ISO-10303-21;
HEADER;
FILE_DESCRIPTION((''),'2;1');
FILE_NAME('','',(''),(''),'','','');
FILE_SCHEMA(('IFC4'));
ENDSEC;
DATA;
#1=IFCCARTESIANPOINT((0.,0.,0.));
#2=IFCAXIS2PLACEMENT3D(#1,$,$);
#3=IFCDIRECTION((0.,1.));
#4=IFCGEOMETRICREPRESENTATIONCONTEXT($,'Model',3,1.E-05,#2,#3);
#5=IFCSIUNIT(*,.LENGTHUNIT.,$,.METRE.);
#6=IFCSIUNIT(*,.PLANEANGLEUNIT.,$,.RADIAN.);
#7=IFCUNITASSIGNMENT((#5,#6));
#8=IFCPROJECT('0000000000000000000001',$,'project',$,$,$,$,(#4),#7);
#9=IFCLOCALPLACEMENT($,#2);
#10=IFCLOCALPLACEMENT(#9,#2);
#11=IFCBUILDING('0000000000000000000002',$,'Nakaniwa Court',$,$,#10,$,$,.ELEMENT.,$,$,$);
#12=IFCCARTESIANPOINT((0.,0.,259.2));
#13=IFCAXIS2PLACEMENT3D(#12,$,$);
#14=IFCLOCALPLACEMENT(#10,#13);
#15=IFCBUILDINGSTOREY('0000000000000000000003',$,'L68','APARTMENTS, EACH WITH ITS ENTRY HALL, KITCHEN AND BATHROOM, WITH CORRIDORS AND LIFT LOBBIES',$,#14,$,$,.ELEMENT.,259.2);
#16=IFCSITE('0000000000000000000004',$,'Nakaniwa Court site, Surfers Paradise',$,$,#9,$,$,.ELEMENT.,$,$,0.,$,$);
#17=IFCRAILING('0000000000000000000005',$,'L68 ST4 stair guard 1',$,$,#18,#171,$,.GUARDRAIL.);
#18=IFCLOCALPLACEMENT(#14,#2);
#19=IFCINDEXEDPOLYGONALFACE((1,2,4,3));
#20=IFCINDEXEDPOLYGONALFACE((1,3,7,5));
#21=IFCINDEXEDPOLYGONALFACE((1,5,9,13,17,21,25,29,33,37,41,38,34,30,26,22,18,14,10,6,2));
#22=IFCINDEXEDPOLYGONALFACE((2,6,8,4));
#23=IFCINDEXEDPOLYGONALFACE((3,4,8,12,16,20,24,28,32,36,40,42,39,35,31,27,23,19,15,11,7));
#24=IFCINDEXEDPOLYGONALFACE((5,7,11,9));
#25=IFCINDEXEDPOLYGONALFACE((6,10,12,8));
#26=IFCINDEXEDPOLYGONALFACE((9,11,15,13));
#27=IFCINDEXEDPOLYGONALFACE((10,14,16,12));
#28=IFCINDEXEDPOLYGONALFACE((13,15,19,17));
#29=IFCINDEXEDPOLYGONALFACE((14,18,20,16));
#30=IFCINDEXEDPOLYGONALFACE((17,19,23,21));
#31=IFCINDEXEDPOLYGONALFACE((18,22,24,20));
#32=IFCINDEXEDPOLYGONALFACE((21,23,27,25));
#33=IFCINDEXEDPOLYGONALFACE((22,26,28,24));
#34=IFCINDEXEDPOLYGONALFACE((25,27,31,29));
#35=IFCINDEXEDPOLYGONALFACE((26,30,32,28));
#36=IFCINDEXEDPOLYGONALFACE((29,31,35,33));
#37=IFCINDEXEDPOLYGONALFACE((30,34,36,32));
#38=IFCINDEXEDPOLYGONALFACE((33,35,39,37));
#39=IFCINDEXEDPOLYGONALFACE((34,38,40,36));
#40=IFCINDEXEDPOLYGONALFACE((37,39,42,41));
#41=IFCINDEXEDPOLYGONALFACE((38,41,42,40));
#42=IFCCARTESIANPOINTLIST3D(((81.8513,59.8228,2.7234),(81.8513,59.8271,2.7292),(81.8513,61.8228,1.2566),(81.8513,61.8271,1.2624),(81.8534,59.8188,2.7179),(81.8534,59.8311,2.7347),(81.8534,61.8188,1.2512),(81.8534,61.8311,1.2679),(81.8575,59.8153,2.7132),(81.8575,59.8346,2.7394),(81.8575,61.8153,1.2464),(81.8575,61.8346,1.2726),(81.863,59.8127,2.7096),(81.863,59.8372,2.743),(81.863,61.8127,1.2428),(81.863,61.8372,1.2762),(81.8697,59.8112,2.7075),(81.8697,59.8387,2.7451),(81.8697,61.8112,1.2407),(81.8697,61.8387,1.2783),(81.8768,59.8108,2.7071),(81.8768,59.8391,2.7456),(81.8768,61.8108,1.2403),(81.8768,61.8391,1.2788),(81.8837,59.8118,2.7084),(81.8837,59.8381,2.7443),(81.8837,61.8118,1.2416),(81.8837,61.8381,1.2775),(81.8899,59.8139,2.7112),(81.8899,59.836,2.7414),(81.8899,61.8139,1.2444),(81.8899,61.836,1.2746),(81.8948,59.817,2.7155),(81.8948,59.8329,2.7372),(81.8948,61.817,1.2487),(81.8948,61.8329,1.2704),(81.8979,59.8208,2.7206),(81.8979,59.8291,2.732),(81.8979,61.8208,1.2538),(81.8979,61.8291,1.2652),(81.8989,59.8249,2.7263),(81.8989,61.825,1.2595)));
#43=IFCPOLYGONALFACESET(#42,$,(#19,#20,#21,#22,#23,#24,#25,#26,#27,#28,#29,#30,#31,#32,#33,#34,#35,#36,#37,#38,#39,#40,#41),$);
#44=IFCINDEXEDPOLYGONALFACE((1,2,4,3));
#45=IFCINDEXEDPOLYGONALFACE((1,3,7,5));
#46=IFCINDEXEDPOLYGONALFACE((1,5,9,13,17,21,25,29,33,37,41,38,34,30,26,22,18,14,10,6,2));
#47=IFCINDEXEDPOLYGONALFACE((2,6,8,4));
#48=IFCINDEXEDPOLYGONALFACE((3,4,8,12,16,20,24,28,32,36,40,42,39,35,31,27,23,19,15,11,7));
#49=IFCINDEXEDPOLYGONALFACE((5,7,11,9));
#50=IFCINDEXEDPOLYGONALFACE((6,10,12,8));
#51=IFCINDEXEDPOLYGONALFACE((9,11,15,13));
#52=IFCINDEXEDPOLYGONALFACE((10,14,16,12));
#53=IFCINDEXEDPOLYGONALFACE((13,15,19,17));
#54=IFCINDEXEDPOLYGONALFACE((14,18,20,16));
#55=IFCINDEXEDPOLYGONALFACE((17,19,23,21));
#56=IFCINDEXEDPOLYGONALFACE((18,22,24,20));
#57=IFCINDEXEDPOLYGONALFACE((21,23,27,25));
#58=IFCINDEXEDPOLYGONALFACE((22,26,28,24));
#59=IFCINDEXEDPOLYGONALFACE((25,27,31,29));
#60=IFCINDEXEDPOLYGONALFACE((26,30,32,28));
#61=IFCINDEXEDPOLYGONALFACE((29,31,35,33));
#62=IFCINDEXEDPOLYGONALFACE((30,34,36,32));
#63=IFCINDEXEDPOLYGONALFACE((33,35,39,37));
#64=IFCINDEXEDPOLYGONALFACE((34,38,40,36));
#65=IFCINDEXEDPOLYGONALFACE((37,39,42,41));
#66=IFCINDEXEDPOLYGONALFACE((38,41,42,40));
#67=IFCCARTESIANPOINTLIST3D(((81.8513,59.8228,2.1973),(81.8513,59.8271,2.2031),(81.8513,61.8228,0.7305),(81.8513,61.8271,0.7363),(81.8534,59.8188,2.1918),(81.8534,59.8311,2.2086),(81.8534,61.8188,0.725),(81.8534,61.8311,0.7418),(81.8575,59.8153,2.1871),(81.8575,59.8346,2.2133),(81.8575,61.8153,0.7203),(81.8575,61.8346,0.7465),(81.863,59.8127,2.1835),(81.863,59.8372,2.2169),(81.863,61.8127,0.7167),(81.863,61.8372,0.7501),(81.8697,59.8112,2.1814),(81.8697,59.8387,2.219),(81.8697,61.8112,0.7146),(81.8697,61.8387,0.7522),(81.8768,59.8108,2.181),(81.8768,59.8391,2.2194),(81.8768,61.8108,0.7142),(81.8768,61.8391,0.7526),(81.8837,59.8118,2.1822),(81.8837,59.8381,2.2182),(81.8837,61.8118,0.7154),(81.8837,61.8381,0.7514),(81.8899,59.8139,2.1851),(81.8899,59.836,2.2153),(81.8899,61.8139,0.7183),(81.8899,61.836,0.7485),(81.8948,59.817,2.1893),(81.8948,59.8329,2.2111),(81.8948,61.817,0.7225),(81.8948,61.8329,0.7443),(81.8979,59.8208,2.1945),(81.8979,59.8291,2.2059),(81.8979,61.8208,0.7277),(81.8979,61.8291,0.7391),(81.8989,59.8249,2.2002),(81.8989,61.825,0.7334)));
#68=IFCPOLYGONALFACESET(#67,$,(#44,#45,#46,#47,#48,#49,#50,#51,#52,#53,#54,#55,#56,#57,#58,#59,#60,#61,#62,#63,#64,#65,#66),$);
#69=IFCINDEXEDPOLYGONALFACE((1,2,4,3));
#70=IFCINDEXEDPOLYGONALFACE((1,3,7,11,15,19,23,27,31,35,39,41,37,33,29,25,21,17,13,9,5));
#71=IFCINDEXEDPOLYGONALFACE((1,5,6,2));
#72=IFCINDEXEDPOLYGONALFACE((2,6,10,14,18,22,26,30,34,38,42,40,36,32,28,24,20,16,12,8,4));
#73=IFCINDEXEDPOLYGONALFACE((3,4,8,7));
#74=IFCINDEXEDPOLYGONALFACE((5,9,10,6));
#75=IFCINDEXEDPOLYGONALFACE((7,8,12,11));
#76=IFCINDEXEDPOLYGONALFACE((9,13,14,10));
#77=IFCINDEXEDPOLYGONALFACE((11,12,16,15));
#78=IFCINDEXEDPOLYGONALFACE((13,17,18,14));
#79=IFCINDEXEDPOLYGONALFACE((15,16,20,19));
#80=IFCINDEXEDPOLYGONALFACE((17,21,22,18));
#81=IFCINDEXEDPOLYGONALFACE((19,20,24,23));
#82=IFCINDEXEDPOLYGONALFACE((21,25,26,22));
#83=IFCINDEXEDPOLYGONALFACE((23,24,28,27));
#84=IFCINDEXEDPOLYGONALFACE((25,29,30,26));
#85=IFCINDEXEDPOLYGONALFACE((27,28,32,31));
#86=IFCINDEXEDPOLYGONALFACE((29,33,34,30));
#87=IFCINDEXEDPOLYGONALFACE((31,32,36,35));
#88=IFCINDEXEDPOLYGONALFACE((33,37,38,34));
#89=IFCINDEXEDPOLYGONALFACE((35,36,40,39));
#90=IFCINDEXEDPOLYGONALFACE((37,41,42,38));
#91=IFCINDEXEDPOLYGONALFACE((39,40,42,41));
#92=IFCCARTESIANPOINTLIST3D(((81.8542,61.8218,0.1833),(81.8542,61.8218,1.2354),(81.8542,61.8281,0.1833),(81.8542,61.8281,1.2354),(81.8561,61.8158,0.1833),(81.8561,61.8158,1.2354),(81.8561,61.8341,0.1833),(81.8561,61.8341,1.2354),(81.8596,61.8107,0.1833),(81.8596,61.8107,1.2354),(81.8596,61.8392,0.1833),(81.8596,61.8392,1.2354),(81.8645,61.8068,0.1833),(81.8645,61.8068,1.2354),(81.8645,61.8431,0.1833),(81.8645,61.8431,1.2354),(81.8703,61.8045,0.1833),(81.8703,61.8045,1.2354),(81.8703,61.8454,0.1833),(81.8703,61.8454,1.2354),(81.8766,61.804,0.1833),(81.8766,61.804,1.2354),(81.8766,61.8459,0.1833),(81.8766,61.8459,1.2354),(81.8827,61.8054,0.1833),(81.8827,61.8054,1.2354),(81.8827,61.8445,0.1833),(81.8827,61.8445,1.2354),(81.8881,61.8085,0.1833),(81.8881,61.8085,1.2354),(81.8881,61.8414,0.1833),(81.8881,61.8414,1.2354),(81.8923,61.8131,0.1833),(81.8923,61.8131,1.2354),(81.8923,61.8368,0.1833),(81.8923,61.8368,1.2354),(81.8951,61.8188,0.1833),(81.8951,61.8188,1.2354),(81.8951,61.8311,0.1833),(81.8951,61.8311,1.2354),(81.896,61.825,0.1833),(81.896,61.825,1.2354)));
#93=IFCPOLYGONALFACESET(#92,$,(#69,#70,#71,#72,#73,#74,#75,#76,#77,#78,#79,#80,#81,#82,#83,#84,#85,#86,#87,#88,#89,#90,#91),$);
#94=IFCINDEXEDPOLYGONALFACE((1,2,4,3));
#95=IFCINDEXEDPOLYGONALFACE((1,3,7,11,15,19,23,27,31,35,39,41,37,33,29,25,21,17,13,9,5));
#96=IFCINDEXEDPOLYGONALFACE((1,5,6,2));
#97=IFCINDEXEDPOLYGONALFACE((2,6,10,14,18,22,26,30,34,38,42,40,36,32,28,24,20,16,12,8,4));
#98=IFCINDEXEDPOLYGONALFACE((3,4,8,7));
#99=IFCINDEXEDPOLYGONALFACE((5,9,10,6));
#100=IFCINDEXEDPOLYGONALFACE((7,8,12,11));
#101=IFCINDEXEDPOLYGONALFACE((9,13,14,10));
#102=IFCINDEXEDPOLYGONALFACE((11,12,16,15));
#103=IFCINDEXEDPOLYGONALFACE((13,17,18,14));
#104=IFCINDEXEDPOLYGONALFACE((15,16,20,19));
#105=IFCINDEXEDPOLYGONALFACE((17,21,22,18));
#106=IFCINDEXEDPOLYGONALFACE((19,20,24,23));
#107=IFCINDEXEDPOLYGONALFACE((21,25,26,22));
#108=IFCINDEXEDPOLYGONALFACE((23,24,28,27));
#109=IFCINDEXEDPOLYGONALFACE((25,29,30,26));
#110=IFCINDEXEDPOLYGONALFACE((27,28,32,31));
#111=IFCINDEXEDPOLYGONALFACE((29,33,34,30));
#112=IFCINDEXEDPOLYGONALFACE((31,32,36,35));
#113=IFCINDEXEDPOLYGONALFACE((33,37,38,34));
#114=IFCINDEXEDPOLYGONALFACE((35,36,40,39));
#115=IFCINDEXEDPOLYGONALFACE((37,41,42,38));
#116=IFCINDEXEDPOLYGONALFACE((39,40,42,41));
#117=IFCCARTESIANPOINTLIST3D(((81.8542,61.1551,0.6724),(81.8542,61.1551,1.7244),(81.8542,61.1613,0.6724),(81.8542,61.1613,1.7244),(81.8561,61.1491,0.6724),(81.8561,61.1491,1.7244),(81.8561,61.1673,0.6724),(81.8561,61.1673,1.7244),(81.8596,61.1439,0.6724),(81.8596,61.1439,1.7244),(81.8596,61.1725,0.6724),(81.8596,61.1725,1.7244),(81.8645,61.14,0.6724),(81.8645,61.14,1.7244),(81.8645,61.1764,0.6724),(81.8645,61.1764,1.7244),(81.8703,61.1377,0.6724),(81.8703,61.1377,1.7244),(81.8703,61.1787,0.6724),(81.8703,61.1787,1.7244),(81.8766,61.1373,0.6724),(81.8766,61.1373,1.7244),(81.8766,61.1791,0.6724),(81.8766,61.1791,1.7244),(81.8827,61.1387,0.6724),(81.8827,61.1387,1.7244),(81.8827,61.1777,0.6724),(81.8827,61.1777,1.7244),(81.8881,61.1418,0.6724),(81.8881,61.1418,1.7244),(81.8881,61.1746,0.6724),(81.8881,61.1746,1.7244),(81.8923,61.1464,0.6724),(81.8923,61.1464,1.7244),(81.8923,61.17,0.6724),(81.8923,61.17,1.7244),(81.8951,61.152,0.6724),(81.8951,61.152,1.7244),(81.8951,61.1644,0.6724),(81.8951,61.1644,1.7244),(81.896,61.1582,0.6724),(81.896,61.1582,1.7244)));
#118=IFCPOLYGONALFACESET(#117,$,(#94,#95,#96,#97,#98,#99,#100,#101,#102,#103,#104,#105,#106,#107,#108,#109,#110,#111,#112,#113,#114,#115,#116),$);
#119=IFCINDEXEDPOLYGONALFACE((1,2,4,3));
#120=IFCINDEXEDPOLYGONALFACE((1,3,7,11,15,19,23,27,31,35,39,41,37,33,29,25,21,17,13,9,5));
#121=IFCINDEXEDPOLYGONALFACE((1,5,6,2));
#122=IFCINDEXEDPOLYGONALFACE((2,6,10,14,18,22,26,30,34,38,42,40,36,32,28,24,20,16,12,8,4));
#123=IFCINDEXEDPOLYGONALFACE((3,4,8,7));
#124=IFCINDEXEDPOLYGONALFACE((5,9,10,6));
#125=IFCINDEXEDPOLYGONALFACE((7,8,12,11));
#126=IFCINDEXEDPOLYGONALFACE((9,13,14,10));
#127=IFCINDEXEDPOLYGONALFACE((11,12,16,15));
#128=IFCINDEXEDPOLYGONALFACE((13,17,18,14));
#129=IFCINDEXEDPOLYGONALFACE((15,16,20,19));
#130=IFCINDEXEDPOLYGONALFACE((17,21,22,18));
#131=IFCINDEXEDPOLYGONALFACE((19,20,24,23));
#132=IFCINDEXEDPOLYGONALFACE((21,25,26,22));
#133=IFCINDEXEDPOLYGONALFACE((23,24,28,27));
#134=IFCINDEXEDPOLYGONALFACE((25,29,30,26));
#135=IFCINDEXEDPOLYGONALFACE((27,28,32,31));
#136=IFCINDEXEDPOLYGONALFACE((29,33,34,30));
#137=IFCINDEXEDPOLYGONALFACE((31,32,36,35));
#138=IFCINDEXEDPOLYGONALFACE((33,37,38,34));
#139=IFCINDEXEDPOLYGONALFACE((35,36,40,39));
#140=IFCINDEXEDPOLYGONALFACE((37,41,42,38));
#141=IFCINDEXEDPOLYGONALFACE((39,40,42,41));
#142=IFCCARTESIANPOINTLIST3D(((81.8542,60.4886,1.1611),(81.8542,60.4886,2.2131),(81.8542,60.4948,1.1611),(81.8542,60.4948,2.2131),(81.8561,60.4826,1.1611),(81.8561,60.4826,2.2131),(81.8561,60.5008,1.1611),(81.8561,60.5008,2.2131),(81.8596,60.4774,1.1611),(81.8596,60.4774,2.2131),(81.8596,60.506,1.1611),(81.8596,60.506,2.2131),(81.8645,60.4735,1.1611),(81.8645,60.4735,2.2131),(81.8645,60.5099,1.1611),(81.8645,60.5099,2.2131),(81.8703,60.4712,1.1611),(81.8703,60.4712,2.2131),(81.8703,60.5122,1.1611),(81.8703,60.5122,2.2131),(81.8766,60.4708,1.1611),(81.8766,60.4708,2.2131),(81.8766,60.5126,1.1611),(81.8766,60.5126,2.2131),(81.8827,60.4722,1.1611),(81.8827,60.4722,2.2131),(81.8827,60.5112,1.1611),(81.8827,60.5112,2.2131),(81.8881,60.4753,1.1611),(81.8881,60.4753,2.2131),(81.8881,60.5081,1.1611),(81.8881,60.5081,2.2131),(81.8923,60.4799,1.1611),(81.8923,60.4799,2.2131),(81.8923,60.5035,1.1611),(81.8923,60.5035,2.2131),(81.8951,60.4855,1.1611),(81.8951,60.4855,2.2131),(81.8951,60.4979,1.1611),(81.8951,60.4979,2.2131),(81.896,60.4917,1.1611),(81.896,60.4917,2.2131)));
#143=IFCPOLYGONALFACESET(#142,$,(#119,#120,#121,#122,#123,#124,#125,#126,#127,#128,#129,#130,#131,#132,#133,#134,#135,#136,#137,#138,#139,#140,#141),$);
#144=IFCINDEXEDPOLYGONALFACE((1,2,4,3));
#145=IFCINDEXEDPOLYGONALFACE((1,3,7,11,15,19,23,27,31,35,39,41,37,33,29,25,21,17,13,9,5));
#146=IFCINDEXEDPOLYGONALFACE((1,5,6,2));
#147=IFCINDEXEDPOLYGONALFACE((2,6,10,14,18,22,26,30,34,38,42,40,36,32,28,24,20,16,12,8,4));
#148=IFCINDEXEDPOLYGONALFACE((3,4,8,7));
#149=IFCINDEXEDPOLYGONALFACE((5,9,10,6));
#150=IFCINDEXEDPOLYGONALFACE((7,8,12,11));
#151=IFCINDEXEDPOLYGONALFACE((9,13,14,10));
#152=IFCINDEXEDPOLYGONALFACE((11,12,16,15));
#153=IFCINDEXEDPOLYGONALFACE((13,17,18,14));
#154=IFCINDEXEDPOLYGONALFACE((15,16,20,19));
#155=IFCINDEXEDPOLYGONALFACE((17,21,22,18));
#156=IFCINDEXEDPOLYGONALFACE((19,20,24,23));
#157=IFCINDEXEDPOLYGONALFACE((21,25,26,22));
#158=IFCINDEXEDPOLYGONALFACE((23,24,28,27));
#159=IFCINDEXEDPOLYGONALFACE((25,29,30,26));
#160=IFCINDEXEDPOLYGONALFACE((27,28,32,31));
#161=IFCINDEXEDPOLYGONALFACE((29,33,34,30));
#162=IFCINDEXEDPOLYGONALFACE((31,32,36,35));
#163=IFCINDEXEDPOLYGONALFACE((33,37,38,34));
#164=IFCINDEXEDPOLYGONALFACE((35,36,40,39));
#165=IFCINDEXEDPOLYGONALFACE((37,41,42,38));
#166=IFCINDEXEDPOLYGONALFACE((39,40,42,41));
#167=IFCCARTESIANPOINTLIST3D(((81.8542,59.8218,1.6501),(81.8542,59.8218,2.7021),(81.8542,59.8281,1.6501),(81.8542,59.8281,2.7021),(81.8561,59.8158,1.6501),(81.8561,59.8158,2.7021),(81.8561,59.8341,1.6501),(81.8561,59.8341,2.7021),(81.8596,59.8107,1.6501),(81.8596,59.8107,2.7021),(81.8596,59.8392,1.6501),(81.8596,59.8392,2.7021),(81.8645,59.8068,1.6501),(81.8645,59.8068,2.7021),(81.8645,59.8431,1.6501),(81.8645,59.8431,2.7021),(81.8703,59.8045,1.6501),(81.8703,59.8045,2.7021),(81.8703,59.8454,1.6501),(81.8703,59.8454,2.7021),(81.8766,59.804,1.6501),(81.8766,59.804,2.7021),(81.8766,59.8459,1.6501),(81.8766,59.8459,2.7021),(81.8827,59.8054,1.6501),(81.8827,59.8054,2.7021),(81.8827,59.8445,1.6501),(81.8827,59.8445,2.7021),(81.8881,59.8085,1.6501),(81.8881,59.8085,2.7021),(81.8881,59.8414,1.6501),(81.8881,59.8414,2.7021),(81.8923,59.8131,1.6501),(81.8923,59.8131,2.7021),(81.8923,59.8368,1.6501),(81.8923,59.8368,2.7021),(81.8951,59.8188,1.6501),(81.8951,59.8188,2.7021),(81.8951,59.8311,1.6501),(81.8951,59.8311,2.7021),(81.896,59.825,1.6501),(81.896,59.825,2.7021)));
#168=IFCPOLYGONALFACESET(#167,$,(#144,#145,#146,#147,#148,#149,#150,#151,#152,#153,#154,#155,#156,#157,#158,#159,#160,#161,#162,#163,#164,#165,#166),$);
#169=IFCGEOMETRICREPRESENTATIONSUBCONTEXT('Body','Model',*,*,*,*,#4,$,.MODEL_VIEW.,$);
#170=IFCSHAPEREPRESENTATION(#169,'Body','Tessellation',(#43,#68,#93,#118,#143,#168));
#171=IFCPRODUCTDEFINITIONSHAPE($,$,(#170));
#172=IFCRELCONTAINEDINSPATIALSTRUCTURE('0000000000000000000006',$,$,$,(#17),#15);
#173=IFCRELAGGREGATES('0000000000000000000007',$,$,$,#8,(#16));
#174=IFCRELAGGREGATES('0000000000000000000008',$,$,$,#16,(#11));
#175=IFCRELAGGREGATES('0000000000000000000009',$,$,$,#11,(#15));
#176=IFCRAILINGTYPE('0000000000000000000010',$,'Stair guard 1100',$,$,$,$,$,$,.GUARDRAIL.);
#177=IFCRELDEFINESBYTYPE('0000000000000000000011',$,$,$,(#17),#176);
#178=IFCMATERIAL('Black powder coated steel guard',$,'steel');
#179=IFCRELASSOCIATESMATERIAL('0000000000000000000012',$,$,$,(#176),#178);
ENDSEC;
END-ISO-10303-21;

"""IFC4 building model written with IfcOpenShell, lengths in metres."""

from ifc_helpers import new_model, si_unit, direction, frame, origin, origin_2d, place, context, subcontext, project, spatial, circle, extrude, material, type_object, element, save


model = new_model("IFC4")

# Units and contexts
model_context = context("Model", 3, precision=1e-05, world=origin(), true_north=direction((0.0, 1.0)))
body_context = subcontext(model_context, "Body", "Model", "MODEL_VIEW")
ifc_project = project(units=[si_unit("LENGTHUNIT", "METRE"), si_unit("PLANEANGLEUNIT", "RADIAN")], contexts=[model_context])

# Site, building, storey
site_placement = place(None, origin())
site = spatial("IfcSite", under=ifc_project, at=site_placement, Name="Nakaniwa Court site, Surfers Paradise", CompositionType="ELEMENT", RefElevation=0.0)
building_placement = place(site_placement, origin())
building = spatial("IfcBuilding", under=site, at=building_placement, Name="Nakaniwa Court", CompositionType="ELEMENT")
storey_placement = place(building_placement, frame((0.0, 0.0, 259.2)))
storey = spatial("IfcBuildingStorey", under=building, at=storey_placement, Name="L68", Description="APARTMENTS, EACH WITH ITS ENTRY HALL, KITCHEN AND BATHROOM, WITH CORRIDORS AND LIFT LOBBIES", CompositionType="ELEMENT", Elevation=259.2)

# Railing
ifc_material_1 = material(Name="Black powder coated steel guard", Category="steel")
railing_type_1 = type_object("IfcRailingType", Name="Stair guard 1100", PredefinedType="GUARDRAIL", material=ifc_material_1)
railing_1_placement = place(storey_placement, frame((81.875, 61.825, 0.1833)))
element("IfcRailing", 1, at=railing_1_placement, inside=storey, type_object=railing_type_1, Name="L68 ST4 stair guard 1", PredefinedType="GUARDRAIL", context=body_context, shape_type="SweptSolid", body=[
    extrude(circle(Radius=0.0239, at=origin_2d()), frame((0.0, 0.0, 1.0762), z_axis=(0.0, -0.80638, 0.591398), x_axis=(1.0, 0.0, 0.0)), (0.0, 0.0, 1.0), 2.4802),
    extrude(circle(Radius=0.0239, at=origin_2d()), frame((0.0, 0.0, 0.55), z_axis=(0.0, -0.80638, 0.591398), x_axis=(1.0, 0.0, 0.0)), (0.0, 0.0, 1.0), 2.4802),
    extrude(circle(Radius=0.021, at=origin_2d()), origin(), (0.0, 0.0, 1.0), 1.052),
    extrude(circle(Radius=0.021, at=origin_2d()), frame((0.0, -0.6667, 0.489)), (0.0, 0.0, 1.0), 1.052),
    extrude(circle(Radius=0.021, at=origin_2d()), frame((0.0, -1.3333, 0.9778)), (0.0, 0.0, 1.0), 1.052),
    extrude(circle(Radius=0.021, at=origin_2d()), frame((0.0, -2.0, 1.4668)), (0.0, 0.0, 1.0), 1.052),
])

save(model, "model.ifc")
